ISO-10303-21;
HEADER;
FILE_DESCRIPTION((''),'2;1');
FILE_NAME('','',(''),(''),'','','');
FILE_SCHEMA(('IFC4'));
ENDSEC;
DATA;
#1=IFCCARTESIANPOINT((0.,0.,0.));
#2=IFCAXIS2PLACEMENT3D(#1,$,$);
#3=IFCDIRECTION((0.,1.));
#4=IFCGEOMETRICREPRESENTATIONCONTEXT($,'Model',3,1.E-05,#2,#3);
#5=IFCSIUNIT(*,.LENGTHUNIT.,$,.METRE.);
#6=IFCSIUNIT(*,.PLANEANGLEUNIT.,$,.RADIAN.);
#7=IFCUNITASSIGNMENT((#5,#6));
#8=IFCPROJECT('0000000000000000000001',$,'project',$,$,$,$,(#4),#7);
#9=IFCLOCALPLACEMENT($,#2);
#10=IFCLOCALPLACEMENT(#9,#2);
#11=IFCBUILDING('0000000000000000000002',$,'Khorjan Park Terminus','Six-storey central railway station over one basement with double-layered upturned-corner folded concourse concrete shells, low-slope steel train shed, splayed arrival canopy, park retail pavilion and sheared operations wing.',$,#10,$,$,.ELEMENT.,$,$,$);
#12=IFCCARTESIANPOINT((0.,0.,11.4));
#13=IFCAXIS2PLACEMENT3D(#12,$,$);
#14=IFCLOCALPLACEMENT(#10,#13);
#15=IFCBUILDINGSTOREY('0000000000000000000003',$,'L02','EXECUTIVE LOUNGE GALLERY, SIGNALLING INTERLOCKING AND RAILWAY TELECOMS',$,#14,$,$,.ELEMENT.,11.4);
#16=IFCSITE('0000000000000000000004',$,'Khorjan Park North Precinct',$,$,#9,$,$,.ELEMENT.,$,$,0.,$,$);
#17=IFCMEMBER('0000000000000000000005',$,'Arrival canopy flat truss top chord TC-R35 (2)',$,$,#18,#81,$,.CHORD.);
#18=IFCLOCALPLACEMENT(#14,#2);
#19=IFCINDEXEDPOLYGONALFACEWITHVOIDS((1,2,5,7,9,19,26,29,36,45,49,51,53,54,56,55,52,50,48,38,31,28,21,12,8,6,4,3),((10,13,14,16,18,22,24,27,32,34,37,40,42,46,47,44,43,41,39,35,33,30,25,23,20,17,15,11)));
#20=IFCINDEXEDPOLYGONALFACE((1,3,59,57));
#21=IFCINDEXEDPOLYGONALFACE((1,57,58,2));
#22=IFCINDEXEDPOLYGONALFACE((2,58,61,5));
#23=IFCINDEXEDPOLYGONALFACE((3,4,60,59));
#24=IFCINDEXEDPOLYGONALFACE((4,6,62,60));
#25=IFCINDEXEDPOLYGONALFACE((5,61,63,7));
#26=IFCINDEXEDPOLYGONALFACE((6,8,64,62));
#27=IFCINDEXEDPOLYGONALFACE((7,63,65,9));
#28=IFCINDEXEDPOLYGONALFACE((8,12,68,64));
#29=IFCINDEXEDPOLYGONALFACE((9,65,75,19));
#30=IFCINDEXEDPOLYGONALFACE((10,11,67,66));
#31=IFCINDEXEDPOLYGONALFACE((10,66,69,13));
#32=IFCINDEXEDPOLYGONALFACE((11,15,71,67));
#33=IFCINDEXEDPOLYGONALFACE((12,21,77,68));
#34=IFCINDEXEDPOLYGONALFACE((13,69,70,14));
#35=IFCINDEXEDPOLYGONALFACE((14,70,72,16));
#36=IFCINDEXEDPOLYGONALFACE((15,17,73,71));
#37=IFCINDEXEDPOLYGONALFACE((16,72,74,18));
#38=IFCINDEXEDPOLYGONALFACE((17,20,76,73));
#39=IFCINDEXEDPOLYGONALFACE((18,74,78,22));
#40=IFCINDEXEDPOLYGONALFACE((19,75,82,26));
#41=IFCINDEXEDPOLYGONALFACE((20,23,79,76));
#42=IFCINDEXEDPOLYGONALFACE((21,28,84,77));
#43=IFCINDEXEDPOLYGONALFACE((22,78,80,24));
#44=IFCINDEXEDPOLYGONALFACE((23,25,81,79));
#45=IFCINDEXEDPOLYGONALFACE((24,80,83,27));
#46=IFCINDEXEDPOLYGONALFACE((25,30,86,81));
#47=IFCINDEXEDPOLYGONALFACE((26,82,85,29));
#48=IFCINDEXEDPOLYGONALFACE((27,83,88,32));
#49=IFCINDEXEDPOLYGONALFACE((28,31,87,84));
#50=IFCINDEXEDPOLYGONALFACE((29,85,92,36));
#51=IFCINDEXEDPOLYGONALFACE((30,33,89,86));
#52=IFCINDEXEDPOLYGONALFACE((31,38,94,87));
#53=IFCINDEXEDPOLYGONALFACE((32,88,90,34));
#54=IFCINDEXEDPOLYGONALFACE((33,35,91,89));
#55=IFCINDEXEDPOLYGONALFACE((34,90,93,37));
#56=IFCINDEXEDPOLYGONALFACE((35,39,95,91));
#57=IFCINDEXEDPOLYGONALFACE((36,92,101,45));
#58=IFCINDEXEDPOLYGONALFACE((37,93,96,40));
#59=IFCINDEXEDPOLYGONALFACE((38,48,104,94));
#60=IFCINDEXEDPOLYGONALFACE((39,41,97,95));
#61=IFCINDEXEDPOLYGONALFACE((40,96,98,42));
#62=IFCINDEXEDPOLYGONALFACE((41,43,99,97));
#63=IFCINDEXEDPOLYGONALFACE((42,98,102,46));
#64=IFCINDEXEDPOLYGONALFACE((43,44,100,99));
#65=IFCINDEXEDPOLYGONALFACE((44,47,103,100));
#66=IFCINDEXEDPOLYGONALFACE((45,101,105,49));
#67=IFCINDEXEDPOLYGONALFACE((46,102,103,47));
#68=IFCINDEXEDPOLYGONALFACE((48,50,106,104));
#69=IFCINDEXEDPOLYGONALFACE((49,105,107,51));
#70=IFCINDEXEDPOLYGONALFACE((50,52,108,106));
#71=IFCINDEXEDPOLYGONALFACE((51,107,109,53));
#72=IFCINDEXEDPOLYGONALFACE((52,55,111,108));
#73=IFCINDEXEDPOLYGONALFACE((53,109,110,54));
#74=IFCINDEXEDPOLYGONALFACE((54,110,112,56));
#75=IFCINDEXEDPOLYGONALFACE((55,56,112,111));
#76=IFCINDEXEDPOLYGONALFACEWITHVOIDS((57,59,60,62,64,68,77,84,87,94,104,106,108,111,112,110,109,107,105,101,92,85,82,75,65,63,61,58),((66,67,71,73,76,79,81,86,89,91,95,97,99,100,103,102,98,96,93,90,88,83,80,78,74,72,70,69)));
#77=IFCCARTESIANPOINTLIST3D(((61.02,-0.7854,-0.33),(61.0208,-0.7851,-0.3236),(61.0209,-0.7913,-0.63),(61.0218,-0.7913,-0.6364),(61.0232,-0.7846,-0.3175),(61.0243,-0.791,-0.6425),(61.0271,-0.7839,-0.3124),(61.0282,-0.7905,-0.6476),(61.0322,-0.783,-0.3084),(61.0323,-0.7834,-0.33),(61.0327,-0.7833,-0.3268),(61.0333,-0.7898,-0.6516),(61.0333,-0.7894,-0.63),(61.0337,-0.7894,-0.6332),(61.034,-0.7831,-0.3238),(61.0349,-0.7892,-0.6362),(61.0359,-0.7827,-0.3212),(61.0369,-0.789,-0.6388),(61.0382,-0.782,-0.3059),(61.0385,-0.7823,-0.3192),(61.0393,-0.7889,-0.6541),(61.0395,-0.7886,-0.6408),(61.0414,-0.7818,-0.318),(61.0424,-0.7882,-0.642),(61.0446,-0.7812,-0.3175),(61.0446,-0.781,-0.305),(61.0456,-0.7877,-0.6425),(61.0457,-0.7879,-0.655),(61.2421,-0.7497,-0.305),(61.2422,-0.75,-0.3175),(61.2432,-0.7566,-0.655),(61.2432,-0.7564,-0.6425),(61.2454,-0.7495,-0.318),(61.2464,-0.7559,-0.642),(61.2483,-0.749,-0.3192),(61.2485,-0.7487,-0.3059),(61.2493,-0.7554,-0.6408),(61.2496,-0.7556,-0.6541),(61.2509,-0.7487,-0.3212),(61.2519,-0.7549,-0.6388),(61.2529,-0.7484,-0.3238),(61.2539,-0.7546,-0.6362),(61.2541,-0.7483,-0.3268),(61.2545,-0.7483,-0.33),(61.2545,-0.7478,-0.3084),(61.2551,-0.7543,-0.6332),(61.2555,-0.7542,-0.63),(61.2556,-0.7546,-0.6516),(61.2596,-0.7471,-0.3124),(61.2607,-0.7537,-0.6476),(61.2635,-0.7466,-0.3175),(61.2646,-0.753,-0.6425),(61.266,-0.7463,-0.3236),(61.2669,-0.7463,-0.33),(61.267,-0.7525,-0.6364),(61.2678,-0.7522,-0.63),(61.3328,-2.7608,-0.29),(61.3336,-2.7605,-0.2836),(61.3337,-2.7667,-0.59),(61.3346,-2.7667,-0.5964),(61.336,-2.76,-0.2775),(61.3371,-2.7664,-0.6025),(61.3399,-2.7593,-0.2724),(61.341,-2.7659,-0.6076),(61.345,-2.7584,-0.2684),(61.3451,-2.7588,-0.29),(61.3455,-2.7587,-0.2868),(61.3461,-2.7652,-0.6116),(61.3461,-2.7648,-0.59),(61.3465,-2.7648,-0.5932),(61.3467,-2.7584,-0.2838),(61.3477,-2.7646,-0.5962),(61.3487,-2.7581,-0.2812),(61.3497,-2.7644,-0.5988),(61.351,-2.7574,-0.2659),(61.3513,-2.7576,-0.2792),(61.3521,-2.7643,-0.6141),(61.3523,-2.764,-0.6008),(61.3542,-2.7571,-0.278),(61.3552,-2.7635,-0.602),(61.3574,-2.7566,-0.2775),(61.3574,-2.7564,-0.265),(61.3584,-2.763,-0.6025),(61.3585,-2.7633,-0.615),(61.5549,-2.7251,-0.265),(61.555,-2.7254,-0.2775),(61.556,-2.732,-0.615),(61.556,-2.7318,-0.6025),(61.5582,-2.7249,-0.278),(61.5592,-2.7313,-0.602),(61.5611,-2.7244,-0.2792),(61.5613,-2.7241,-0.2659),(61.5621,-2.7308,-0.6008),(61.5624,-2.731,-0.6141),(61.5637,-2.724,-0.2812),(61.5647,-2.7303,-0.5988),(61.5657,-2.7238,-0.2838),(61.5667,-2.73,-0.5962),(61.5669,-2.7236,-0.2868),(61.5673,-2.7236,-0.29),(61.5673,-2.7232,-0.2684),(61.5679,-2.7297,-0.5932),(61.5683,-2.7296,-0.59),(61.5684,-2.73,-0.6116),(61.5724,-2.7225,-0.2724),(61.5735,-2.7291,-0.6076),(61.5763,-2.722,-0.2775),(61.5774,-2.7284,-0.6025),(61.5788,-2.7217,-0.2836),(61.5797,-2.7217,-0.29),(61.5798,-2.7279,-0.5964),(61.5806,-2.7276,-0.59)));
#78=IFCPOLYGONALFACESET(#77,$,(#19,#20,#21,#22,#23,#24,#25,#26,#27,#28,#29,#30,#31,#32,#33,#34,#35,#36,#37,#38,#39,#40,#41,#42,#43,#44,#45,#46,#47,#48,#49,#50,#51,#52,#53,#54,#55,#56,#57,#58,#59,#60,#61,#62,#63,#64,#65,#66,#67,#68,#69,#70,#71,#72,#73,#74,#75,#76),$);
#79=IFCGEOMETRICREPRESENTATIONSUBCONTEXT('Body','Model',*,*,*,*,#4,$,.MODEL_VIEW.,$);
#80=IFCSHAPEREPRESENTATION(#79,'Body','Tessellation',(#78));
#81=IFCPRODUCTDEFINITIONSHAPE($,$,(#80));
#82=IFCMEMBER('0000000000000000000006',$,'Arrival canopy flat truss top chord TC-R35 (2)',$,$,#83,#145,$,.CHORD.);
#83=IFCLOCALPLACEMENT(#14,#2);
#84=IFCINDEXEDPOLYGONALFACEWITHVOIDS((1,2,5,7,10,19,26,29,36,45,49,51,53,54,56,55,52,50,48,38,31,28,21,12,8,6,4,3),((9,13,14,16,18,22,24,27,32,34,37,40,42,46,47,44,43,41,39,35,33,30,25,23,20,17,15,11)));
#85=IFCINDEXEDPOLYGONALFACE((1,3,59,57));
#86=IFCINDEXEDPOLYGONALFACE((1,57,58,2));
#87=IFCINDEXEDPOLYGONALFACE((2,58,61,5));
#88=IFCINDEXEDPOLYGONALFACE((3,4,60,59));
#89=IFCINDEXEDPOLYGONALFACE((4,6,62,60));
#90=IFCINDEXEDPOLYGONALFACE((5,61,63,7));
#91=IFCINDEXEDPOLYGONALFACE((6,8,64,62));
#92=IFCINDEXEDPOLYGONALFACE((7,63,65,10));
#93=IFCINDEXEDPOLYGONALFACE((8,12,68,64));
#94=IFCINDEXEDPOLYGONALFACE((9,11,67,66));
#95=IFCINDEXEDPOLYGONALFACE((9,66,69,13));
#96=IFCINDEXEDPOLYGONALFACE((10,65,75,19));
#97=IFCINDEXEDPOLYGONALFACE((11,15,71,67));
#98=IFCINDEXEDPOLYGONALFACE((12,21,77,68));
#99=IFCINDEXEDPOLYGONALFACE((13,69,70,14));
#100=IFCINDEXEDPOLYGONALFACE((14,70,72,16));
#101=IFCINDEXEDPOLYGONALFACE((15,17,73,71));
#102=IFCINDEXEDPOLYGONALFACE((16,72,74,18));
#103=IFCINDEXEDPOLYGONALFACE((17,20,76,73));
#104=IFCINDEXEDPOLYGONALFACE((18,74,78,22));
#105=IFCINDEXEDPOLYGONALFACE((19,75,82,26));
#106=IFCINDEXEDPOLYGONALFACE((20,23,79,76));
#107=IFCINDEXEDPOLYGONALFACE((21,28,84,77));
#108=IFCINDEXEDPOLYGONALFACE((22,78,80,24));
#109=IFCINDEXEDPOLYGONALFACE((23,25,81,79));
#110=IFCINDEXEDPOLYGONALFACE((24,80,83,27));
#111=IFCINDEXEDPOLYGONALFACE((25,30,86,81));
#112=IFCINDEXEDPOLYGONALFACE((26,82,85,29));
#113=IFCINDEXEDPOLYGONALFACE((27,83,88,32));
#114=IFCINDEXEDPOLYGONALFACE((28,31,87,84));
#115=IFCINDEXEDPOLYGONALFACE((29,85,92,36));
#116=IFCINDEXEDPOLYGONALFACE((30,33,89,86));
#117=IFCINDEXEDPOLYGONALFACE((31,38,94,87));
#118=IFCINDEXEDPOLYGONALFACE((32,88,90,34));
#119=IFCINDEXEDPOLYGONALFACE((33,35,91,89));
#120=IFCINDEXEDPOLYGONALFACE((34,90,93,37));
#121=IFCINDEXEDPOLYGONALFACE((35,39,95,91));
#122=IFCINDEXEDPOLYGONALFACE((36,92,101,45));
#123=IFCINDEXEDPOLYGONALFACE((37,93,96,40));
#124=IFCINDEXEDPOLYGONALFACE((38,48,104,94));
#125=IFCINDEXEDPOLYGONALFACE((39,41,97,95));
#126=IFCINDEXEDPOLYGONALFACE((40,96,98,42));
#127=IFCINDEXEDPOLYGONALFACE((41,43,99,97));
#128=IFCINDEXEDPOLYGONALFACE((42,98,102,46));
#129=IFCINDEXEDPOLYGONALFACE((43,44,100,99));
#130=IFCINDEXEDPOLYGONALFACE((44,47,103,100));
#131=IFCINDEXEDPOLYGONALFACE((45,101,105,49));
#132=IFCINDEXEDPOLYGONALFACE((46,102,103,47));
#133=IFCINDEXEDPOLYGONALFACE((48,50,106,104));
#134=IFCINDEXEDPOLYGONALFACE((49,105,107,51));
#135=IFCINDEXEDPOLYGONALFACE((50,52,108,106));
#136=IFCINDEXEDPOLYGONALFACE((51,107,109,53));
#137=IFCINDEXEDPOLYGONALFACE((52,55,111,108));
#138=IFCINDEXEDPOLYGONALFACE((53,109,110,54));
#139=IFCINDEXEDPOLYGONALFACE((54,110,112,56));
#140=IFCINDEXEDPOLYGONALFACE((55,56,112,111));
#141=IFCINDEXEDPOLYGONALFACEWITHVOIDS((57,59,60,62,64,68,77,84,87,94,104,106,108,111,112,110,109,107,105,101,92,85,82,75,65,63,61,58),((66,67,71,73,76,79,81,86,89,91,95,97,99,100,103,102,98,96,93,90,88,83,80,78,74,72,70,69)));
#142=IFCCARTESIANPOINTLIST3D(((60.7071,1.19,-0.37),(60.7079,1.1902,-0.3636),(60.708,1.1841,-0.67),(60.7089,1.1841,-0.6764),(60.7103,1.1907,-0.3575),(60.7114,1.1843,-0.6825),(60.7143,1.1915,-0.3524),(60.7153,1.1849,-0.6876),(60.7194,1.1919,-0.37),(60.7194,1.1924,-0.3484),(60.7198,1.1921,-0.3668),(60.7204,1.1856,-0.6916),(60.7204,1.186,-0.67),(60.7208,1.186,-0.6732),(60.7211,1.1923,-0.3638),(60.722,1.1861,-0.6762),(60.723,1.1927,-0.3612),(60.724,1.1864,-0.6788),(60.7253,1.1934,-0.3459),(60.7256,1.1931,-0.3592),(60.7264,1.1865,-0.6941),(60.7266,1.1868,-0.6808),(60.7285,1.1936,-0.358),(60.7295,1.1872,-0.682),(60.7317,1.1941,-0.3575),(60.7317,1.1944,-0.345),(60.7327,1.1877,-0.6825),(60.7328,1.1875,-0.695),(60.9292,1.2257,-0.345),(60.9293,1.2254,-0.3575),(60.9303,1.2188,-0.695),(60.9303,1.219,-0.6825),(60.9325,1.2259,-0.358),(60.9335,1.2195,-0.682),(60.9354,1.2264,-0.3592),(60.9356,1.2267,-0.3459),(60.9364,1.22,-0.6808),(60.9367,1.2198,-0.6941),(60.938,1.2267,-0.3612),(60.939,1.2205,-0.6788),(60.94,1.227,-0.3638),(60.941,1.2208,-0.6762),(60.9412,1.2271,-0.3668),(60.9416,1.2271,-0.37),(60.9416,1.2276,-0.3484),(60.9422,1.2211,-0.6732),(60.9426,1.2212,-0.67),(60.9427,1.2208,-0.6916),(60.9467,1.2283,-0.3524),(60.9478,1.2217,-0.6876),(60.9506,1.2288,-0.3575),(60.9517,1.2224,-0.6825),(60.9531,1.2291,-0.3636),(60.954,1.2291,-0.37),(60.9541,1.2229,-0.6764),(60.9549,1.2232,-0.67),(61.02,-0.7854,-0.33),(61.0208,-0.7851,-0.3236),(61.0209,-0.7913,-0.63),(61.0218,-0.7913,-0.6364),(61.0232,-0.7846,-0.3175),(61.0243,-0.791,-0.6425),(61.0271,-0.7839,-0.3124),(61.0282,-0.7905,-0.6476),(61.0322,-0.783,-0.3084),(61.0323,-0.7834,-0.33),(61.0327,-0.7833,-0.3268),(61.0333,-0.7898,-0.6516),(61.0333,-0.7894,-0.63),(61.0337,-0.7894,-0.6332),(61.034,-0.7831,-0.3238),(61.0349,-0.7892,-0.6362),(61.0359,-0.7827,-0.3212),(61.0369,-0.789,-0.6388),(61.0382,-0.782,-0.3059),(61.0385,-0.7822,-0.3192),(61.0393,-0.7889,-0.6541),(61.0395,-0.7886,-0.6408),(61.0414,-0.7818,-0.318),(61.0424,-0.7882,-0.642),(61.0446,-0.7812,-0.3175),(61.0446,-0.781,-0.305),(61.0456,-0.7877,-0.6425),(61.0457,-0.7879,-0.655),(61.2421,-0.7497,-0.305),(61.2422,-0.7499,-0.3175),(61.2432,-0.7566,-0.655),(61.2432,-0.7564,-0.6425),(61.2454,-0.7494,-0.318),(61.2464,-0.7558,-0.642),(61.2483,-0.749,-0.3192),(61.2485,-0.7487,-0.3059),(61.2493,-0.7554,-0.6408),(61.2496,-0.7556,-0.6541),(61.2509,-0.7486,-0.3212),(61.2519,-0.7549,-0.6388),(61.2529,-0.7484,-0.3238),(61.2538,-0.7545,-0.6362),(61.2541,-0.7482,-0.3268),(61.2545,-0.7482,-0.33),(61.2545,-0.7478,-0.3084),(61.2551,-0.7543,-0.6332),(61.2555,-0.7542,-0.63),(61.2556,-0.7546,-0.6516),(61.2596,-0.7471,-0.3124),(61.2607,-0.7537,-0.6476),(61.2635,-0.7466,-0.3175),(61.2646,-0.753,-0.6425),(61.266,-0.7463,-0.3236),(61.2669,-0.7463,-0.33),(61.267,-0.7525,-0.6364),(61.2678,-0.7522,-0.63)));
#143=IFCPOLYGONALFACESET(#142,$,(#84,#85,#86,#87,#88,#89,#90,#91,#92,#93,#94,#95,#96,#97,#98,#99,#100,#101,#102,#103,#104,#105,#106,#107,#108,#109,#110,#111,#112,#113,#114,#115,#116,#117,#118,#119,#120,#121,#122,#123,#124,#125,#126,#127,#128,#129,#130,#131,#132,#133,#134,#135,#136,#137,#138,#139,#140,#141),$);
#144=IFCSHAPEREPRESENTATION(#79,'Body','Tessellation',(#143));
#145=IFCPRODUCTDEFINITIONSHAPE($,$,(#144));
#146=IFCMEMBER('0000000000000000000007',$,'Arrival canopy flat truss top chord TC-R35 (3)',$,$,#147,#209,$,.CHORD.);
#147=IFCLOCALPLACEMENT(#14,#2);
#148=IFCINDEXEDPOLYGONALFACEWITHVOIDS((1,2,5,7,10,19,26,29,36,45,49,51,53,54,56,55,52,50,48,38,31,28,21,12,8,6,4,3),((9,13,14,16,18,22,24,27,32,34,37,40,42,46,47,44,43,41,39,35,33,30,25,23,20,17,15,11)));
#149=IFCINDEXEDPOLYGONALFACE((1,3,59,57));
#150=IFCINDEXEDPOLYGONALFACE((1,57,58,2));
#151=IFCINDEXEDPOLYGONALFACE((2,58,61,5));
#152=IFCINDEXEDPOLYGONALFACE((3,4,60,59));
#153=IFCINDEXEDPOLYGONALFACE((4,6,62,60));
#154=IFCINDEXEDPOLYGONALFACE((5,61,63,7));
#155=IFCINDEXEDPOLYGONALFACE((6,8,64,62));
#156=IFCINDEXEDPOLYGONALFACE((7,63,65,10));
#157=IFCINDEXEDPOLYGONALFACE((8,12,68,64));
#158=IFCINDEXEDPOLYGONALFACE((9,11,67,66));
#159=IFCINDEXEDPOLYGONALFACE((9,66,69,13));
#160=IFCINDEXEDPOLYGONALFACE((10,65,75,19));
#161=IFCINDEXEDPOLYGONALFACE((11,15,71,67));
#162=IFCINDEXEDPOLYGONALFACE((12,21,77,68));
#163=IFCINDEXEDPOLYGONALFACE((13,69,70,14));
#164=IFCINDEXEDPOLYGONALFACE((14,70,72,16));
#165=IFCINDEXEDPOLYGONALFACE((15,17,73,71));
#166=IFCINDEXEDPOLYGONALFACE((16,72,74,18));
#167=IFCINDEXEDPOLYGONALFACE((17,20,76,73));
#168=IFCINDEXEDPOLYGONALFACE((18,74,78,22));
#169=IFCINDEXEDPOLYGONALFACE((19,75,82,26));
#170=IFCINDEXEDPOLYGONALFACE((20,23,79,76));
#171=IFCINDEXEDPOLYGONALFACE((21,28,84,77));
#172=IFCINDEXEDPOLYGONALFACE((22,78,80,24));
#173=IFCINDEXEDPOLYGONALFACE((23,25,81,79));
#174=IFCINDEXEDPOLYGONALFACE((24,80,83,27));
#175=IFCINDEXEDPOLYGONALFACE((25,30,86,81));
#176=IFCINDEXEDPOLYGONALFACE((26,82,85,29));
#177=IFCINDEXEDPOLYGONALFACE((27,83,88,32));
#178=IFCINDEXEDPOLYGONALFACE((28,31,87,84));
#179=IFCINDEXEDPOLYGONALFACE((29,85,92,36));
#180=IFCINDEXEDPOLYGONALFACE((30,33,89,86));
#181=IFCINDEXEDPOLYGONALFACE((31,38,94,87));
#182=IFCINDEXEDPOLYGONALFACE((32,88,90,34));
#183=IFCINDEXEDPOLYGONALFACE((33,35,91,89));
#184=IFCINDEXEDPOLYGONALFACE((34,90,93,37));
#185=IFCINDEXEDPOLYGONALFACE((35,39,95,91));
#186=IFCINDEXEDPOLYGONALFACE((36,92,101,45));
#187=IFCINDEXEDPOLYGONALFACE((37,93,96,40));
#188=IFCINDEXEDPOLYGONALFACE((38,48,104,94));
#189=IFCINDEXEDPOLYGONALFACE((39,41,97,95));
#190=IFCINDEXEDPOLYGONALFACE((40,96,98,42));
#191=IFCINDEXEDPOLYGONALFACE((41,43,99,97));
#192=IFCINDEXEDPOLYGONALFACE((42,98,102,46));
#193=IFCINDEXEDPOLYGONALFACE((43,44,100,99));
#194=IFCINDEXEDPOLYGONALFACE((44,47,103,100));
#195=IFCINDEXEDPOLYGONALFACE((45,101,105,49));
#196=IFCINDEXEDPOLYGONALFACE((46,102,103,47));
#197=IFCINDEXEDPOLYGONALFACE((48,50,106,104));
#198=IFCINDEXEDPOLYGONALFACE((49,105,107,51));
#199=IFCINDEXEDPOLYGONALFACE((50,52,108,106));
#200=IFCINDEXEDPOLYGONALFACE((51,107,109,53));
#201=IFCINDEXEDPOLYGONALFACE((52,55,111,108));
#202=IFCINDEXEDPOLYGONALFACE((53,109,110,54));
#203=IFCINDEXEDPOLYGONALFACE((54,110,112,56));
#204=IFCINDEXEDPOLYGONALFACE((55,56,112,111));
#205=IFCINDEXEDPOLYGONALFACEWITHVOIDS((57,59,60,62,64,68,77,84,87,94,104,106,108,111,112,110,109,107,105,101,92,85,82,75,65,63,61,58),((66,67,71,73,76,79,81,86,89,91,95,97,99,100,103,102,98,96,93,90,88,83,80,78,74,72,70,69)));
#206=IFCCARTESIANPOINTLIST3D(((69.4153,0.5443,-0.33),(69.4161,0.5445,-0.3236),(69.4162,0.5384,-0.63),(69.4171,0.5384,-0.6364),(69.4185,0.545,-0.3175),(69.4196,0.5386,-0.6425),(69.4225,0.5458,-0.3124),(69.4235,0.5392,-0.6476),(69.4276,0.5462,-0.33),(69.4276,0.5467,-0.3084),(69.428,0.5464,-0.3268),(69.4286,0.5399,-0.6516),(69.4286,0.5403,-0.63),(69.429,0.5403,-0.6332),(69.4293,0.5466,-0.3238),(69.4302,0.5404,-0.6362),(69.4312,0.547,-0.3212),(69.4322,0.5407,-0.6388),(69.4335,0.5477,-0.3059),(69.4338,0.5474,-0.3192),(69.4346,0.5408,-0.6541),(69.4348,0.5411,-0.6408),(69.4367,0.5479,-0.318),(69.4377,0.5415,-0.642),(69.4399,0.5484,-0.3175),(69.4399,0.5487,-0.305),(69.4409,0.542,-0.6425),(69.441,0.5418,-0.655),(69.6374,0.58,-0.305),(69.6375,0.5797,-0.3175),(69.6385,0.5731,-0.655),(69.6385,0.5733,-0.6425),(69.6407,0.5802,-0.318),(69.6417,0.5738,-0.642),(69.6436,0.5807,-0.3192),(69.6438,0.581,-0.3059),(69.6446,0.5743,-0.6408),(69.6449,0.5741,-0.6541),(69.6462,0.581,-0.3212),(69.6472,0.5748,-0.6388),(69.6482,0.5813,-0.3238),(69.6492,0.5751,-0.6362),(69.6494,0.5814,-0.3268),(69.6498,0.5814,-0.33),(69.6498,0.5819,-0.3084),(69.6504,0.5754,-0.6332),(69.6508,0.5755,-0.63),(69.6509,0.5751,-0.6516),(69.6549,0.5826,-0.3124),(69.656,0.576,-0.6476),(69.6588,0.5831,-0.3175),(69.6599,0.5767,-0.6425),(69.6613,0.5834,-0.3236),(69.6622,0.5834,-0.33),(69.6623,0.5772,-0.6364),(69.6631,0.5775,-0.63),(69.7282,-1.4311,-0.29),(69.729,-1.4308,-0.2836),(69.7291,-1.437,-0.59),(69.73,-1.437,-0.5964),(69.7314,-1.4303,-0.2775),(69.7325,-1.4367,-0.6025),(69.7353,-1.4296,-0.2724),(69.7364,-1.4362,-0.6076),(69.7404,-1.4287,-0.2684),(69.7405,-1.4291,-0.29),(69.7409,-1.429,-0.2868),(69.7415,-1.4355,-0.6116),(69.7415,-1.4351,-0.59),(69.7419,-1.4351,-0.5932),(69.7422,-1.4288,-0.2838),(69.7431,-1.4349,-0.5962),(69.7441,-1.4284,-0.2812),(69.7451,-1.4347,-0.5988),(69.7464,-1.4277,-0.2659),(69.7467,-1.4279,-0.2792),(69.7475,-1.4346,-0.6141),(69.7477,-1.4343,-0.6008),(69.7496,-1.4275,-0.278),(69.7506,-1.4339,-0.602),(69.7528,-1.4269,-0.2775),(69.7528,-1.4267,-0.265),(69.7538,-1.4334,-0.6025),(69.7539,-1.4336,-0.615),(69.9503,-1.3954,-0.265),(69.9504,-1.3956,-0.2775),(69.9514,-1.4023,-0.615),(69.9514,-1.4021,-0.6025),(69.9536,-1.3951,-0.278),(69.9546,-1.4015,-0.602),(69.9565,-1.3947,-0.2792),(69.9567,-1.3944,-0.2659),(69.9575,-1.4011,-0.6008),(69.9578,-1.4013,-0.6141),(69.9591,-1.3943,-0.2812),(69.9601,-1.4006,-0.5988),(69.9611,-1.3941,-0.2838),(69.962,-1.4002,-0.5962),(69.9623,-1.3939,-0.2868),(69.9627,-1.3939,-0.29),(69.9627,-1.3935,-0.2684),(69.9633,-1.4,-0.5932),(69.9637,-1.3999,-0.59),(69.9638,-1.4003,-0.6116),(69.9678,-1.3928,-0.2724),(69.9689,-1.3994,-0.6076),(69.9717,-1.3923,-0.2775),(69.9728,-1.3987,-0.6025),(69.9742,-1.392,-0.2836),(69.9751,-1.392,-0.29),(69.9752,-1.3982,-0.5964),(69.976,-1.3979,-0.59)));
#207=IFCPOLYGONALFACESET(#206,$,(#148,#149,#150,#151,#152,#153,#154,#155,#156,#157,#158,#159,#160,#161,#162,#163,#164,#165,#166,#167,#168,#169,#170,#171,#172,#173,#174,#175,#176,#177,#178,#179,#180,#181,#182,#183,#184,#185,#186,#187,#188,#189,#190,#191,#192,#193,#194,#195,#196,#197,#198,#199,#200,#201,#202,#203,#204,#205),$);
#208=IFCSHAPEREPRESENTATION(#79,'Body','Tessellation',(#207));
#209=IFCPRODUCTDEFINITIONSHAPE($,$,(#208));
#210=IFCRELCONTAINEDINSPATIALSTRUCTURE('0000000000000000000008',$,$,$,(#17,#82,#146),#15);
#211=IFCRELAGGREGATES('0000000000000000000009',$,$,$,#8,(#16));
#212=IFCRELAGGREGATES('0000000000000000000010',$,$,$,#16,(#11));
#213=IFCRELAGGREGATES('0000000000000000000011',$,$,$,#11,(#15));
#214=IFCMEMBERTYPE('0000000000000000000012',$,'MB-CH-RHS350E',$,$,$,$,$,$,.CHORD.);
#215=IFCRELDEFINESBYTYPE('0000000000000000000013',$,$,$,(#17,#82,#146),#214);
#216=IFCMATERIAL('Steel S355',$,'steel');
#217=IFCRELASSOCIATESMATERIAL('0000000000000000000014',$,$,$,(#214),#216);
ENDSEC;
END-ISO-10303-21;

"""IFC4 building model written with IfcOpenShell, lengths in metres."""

from ifc_helpers import new_model, si_unit, direction, frame, origin, origin_2d, place, context, subcontext, project, spatial, hollow_rectangle, extrude, material, material_profile, profile_set, type_object, element, save


model = new_model("IFC4")

# Units and contexts
model_context = context("Model", 3, precision=1e-05, world=origin(), true_north=direction((0.0, 1.0)))
body_context = subcontext(model_context, "Body", "Model", "MODEL_VIEW")
ifc_project = project(units=[si_unit("LENGTHUNIT", "METRE"), si_unit("PLANEANGLEUNIT", "RADIAN")], contexts=[model_context])

# Site, building, storey
site_placement = place(None, origin())
site = spatial("IfcSite", under=ifc_project, at=site_placement, Name="Khorjan Park North Precinct", CompositionType="ELEMENT", RefElevation=0.0)
building_placement = place(site_placement, origin())
building = spatial("IfcBuilding", under=site, at=building_placement, Name="Khorjan Park Terminus", Description="Six-storey central railway station over one basement with double-layered upturned-corner folded concourse concrete shells, low-slope steel train shed, splayed arrival canopy, park retail pavilion and sheared operations wing.", CompositionType="ELEMENT")
storey_placement = place(building_placement, frame((0.0, 0.0, 11.4)))
storey = spatial("IfcBuildingStorey", under=building, at=storey_placement, Name="L02", Description="EXECUTIVE LOUNGE GALLERY, SIGNALLING INTERLOCKING AND RAILWAY TELECOMS", CompositionType="ELEMENT", Elevation=11.4)

# Members
ifc_material = material(Name="Steel S355", Category="steel")
ifc_material_profile_1 = material_profile(ifc_material, hollow_rectangle(XDim=0.25, YDim=0.35, WallThickness=0.0125, InnerFilletRadius=0.0125, OuterFilletRadius=0.025, at=origin_2d()), Name="RHS 350x250x12.5")
ifc_profile_set_1 = profile_set([ifc_material_profile_1], Name="Steel S355")
member_type_1 = type_object("IfcMemberType", Name="MB-CH-RHS350E", PredefinedType="CHORD", material=ifc_profile_set_1)
for number, where, z_axis, x_axis, name in (
    (1, (61.4567, -2.7442, -0.44), (-0.156368, 0.987496, -0.019996), (-0.987694, -0.156399, 0.0), "Arrival canopy flat truss top chord TC-R35 (2)"),
    (2, (61.1439, -0.7688, -0.48), (-0.156417, 0.987489, -0.019996), (-0.987686, -0.156448, 0.0), "Arrival canopy flat truss top chord TC-R35 (2)"),
    (3, (69.8521, -1.4145, -0.44), (-0.156417, 0.987489, -0.019996), (-0.987686, -0.156448, 0.0), "Arrival canopy flat truss top chord TC-R35 (3)"),
):
    element("IfcMember", number, at=place(storey_placement, frame(where, z_axis=z_axis, x_axis=x_axis)), inside=storey, type_object=member_type_1, Name=name, PredefinedType="CHORD", context=body_context, shape_type="SweptSolid", body=[
        extrude(hollow_rectangle(XDim=0.25, YDim=0.35, WallThickness=0.0125, InnerFilletRadius=0.0125, OuterFilletRadius=0.025, at=origin_2d()), origin(), (0.0, 0.0, 1.0), 2.0004),
    ])

save(model, "model.ifc")
